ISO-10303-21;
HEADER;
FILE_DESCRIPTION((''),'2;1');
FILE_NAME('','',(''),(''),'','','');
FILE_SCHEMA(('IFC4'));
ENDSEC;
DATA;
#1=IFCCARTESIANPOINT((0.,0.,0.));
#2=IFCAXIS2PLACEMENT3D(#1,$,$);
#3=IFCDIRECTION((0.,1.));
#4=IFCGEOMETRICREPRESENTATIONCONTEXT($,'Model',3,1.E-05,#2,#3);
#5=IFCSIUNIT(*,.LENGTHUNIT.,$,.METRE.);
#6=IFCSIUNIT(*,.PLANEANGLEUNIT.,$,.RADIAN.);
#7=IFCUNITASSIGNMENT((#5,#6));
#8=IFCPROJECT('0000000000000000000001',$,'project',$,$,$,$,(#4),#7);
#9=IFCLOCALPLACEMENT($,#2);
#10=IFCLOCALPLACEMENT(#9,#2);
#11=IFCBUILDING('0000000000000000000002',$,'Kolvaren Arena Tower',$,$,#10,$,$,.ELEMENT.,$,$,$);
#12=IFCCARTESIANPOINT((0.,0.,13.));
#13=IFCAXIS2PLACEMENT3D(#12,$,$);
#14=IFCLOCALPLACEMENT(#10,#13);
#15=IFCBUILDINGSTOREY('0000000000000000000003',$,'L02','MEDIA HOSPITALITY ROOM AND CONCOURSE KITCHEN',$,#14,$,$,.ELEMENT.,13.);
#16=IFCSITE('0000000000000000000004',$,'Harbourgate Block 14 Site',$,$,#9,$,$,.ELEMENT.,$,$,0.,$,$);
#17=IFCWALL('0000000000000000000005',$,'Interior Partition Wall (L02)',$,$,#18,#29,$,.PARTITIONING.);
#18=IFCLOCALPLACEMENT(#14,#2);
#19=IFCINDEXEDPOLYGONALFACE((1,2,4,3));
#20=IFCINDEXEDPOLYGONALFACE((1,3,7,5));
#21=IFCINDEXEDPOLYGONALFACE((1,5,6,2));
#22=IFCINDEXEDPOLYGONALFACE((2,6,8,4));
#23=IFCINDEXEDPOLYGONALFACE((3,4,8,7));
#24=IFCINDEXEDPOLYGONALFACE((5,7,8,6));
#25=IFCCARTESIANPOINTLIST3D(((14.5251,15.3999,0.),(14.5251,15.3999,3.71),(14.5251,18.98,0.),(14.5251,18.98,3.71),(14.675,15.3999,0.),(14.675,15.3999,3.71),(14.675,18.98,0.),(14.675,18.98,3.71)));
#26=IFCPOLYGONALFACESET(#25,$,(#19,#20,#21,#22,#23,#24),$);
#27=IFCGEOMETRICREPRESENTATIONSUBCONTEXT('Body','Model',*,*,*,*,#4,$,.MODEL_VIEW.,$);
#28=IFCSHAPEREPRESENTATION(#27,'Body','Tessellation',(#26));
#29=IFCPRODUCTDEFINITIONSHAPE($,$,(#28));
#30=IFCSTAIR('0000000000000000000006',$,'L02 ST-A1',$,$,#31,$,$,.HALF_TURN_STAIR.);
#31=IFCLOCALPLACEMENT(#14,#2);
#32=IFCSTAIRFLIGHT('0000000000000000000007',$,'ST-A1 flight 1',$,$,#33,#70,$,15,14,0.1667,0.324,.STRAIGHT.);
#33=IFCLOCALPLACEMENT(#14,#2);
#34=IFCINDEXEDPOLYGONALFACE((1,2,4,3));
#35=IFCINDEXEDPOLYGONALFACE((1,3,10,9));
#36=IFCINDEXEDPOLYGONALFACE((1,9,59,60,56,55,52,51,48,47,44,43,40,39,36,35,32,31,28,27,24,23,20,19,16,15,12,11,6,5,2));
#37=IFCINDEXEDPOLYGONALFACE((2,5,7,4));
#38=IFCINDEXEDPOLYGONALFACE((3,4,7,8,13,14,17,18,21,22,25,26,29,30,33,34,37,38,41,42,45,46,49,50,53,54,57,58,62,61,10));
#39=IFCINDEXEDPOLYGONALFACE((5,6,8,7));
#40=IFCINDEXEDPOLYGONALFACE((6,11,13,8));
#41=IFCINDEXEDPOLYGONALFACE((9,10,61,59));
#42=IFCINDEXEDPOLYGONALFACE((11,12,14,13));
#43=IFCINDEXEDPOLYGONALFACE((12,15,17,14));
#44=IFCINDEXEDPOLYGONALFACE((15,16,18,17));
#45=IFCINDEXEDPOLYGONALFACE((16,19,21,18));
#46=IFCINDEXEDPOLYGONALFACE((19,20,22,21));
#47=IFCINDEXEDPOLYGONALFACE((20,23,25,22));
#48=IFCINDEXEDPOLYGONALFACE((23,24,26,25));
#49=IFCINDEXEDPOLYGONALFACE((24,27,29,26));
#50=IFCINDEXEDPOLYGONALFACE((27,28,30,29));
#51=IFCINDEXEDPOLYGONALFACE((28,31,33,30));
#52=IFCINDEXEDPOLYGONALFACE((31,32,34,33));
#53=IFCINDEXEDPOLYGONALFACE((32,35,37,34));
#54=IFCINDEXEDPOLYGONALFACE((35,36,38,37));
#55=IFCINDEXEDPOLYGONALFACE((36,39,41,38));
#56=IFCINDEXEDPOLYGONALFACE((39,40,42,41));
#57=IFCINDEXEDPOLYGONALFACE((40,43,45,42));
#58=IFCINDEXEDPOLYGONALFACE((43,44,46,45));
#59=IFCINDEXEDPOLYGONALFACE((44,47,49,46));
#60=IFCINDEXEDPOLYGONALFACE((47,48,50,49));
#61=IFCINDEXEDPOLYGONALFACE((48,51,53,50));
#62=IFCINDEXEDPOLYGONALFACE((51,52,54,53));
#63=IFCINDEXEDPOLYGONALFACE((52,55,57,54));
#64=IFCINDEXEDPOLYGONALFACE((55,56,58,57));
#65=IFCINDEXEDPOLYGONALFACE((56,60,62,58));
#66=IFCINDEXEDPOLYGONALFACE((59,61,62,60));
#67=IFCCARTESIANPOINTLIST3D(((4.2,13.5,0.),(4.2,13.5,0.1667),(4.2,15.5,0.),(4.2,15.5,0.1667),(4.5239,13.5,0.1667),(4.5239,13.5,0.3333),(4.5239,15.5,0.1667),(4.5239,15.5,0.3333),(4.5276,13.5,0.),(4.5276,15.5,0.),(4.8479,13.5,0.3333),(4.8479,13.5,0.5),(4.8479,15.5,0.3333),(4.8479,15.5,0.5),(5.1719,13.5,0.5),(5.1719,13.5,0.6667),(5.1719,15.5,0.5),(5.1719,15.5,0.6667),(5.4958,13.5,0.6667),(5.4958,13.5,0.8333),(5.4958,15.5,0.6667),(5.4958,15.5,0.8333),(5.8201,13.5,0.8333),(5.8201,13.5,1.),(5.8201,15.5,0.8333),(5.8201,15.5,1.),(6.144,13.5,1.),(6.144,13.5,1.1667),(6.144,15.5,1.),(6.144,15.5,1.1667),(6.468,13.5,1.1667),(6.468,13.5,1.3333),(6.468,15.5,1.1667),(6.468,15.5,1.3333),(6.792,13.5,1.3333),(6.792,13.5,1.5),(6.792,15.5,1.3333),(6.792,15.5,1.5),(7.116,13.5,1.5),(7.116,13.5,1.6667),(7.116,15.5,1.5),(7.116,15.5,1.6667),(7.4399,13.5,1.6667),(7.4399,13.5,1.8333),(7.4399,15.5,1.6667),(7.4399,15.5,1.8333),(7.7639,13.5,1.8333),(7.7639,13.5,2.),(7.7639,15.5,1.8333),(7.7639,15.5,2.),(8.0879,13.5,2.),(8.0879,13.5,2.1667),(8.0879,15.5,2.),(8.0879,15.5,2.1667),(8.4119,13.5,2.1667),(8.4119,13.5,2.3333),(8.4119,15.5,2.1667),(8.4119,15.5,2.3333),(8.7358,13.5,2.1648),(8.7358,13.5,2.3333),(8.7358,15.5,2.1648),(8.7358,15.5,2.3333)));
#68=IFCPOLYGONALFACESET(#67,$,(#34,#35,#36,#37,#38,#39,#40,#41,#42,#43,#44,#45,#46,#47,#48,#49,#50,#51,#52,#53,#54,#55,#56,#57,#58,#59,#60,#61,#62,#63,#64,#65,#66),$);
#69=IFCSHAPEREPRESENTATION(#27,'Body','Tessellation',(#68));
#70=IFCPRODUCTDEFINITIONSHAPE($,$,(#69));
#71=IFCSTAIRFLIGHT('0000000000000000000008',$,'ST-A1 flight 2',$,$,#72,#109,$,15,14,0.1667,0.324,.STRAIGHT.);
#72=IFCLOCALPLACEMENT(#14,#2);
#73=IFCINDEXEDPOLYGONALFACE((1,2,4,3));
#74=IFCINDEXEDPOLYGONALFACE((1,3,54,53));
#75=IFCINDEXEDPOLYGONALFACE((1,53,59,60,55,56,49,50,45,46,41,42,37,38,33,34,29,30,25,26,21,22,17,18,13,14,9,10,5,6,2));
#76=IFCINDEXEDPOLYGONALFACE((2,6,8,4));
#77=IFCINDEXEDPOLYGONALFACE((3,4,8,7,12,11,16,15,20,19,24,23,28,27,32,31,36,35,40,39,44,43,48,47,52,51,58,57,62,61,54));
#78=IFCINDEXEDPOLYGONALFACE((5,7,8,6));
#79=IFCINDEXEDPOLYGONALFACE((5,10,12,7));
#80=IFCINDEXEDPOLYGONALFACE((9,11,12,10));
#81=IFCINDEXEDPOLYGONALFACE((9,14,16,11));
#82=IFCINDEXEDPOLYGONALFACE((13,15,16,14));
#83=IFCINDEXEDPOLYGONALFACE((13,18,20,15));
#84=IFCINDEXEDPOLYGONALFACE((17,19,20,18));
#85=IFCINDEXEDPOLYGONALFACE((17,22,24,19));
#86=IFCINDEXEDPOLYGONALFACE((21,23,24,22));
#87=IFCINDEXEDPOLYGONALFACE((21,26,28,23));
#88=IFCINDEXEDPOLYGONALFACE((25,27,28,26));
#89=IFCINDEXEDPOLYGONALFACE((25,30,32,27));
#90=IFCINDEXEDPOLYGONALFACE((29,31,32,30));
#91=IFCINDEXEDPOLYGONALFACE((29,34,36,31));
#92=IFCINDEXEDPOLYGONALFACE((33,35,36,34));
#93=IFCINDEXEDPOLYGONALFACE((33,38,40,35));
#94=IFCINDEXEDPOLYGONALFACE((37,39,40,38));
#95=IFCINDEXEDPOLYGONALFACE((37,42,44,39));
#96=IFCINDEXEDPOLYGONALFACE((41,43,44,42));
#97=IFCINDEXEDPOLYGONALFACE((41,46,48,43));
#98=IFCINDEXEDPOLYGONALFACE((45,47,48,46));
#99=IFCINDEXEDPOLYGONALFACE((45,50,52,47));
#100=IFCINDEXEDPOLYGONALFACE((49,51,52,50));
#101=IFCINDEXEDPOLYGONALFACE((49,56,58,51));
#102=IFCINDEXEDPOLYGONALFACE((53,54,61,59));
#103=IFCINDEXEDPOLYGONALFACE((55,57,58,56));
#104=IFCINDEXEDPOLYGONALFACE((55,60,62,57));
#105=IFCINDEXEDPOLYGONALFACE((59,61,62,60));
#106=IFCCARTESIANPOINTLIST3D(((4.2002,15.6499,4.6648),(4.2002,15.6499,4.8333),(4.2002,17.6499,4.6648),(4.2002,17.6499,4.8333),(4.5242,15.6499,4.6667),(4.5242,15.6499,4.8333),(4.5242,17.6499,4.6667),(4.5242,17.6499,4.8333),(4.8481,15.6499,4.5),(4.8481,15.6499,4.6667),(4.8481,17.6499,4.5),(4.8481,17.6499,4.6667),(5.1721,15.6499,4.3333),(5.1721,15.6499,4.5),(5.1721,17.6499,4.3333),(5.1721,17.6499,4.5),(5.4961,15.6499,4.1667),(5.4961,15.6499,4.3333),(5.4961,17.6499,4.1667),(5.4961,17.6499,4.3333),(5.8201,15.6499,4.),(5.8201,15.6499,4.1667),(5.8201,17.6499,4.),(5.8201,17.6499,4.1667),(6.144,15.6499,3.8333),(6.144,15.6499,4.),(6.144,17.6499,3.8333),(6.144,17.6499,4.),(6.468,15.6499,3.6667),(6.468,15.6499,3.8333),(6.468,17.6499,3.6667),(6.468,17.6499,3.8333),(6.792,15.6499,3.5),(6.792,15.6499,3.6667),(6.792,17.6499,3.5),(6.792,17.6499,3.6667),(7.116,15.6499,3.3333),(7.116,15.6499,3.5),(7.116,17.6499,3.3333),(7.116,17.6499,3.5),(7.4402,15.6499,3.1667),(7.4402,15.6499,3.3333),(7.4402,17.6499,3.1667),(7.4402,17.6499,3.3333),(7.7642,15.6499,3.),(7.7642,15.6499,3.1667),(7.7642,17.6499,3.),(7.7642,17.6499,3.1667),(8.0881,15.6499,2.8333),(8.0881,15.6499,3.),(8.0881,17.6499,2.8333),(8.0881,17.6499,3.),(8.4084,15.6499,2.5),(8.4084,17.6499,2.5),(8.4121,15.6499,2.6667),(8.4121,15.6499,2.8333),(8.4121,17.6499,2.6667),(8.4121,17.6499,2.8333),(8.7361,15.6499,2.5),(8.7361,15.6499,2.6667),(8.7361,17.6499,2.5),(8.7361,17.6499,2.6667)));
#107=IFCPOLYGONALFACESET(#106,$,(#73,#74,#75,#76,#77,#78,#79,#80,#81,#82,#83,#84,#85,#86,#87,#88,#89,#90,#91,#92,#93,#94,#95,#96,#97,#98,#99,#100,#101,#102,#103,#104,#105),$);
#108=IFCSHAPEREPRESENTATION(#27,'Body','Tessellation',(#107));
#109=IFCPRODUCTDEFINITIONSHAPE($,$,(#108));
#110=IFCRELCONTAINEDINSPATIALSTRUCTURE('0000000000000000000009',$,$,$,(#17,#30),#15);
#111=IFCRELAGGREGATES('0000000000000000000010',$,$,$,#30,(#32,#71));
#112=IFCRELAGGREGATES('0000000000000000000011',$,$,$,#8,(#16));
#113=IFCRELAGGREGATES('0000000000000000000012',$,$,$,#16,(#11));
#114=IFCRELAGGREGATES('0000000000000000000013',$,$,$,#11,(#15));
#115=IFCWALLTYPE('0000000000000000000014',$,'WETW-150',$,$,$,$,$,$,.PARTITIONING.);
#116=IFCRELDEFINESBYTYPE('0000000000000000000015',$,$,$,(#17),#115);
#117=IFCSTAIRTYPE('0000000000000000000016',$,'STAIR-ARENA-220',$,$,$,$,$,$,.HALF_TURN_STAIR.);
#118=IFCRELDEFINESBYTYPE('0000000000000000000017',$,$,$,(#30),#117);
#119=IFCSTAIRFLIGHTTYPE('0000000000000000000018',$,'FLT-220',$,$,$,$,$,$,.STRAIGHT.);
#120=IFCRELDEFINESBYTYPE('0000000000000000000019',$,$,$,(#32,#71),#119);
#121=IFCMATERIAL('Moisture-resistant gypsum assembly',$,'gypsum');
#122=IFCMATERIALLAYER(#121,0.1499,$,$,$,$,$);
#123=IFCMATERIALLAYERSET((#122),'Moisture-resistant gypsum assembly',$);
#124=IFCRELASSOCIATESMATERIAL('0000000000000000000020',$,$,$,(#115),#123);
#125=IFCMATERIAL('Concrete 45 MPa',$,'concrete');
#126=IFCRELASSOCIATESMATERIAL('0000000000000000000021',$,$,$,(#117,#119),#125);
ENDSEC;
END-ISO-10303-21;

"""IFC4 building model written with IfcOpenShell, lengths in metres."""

from ifc_helpers import new_model, si_unit, direction, frame, frame_2d, origin, place, context, subcontext, project, spatial, polyline, rectangle, outline, extrude, material, layer, layer_set, type_object, element, aggregate, save


model = new_model("IFC4")

# Units and contexts
model_context = context("Model", 3, precision=1e-05, world=origin(), true_north=direction((0.0, 1.0)))
body_context = subcontext(model_context, "Body", "Model", "MODEL_VIEW")
ifc_project = project(units=[si_unit("LENGTHUNIT", "METRE"), si_unit("PLANEANGLEUNIT", "RADIAN")], contexts=[model_context])

# Site, building, storey
site_placement = place(None, origin())
site = spatial("IfcSite", under=ifc_project, at=site_placement, Name="Harbourgate Block 14 Site", CompositionType="ELEMENT", RefElevation=0.0)
building_placement = place(site_placement, origin())
building = spatial("IfcBuilding", under=site, at=building_placement, Name="Kolvaren Arena Tower", CompositionType="ELEMENT")
storey_placement = place(building_placement, frame((0.0, 0.0, 13.0)))
storey = spatial("IfcBuildingStorey", under=building, at=storey_placement, Name="L02", Description="MEDIA HOSPITALITY ROOM AND CONCOURSE KITCHEN", CompositionType="ELEMENT", Elevation=13.0)

# Shared definitions
ifc_material_1 = material(Name="Concrete 45 MPa", Category="concrete")

# Shared definitions
ifc_material_2 = material(Name="Moisture-resistant gypsum assembly", Category="gypsum")
ifc_layer_1 = layer(ifc_material_2, 0.1499)
ifc_layer_set_1 = layer_set([ifc_layer_1], Name="Moisture-resistant gypsum assembly")
wall_type_1 = type_object("IfcWallType", Name="WETW-150", PredefinedType="PARTITIONING", material=ifc_layer_set_1)

# Wall
wall_1_placement = place(storey_placement, frame((14.6001, 15.3999, 0.0), z_axis=(0.0, 0.0, 1.0), x_axis=(0.0, 1.0, 0.0)))
element("IfcWall", 1, at=wall_1_placement, inside=storey, type_object=wall_type_1, Name="Interior Partition Wall (L02)", PredefinedType="PARTITIONING", context=body_context, shape_type="SweptSolid", body=[
    extrude(rectangle(XDim=3.5801, YDim=0.1499, at=frame_2d((1.79, 0.0))), origin(), (0.0, 0.0, 1.0), 3.71),
])

# Stair, stair flights
stair_type = type_object("IfcStairType", Name="STAIR-ARENA-220", PredefinedType="HALF_TURN_STAIR", material=ifc_material_1)
stair_placement = place(storey_placement, origin())
stair = element("IfcStair", 2, at=stair_placement, inside=storey, type_object=stair_type, Name="L02 ST-A1", PredefinedType="HALF_TURN_STAIR")
stair_flight_type = type_object("IfcStairFlightType", Name="FLT-220", PredefinedType="STRAIGHT", material=ifc_material_1)
stair_flight_1_placement = place(storey_placement, frame((4.2, 14.5, 0.0), z_axis=(0.0, 0.0, 1.0), x_axis=(1.0, 0.0, 0.0)))
stair_flight_1 = element("IfcStairFlight", 3, at=stair_flight_1_placement, type_object=stair_flight_type, Name="ST-A1 flight 1", NumberOfRisers=15, NumberOfTreads=14, PredefinedType="STRAIGHT", RiserHeight=0.1667, TreadLength=0.324, context=body_context, shape_type="SweptSolid", body=[
    extrude(outline(polyline([(0.0, 0.0), (0.0, 0.1667), (0.324, 0.1667), (0.324, 0.3333), (0.6479, 0.3333), (0.6479, 0.5), (0.9719, 0.5), (0.9719, 0.6667), (1.2959, 0.6667), (1.2959, 0.8333), (1.6201, 0.8333), (1.6201, 1.0), (1.9441, 1.0), (1.9441, 1.1667), (2.2681, 1.1667), (2.2681, 1.3333), (2.592, 1.3333), (2.592, 1.5), (2.916, 1.5), (2.916, 1.6667), (3.24, 1.6667), (3.24, 1.8333), (3.564, 1.8333), (3.564, 2.0), (3.8879, 2.0), (3.8879, 2.1667), (4.2119, 2.1667), (4.2119, 2.3333), (4.5359, 2.3333), (4.5359, 2.5), (4.5359, 2.1648), (0.3276, 0.0), (0.0, 0.0)])), frame((0.0, 1.0, 0.0), z_axis=(0.0, -1.0, 0.0), x_axis=(1.0, 0.0, 0.0)), (0.0, 0.0, 1.0), 2.0),
])
stair_flight_2_placement = place(storey_placement, frame((8.7361, 16.6499, 2.5), z_axis=(0.0, 0.0, 1.0), x_axis=(-1.0, 0.0, 0.0)))
stair_flight_2 = element("IfcStairFlight", 4, at=stair_flight_2_placement, type_object=stair_flight_type, Name="ST-A1 flight 2", NumberOfRisers=15, NumberOfTreads=14, PredefinedType="STRAIGHT", RiserHeight=0.1667, TreadLength=0.324, context=body_context, shape_type="SweptSolid", body=[
    extrude(outline(polyline([(0.0, 0.0), (0.0, 0.1667), (0.324, 0.1667), (0.324, 0.3333), (0.6479, 0.3333), (0.6479, 0.5), (0.9719, 0.5), (0.9719, 0.6667), (1.2959, 0.6667), (1.2959, 0.8333), (1.6201, 0.8333), (1.6201, 1.0), (1.9441, 1.0), (1.9441, 1.1667), (2.2681, 1.1667), (2.2681, 1.3333), (2.592, 1.3333), (2.592, 1.5), (2.916, 1.5), (2.916, 1.6667), (3.24, 1.6667), (3.24, 1.8333), (3.564, 1.8333), (3.564, 2.0), (3.8879, 2.0), (3.8879, 2.1667), (4.2119, 2.1667), (4.2119, 2.3333), (4.5359, 2.3333), (4.5359, 2.5), (4.5359, 2.1648), (0.3276, 0.0), (0.0, 0.0)])), frame((0.0, 1.0, 0.0), z_axis=(0.0, -1.0, 0.0), x_axis=(1.0, 0.0, 0.0)), (0.0, 0.0, 1.0), 2.0),
])
aggregate(stair, [stair_flight_1, stair_flight_2])

save(model, "model.ifc")
